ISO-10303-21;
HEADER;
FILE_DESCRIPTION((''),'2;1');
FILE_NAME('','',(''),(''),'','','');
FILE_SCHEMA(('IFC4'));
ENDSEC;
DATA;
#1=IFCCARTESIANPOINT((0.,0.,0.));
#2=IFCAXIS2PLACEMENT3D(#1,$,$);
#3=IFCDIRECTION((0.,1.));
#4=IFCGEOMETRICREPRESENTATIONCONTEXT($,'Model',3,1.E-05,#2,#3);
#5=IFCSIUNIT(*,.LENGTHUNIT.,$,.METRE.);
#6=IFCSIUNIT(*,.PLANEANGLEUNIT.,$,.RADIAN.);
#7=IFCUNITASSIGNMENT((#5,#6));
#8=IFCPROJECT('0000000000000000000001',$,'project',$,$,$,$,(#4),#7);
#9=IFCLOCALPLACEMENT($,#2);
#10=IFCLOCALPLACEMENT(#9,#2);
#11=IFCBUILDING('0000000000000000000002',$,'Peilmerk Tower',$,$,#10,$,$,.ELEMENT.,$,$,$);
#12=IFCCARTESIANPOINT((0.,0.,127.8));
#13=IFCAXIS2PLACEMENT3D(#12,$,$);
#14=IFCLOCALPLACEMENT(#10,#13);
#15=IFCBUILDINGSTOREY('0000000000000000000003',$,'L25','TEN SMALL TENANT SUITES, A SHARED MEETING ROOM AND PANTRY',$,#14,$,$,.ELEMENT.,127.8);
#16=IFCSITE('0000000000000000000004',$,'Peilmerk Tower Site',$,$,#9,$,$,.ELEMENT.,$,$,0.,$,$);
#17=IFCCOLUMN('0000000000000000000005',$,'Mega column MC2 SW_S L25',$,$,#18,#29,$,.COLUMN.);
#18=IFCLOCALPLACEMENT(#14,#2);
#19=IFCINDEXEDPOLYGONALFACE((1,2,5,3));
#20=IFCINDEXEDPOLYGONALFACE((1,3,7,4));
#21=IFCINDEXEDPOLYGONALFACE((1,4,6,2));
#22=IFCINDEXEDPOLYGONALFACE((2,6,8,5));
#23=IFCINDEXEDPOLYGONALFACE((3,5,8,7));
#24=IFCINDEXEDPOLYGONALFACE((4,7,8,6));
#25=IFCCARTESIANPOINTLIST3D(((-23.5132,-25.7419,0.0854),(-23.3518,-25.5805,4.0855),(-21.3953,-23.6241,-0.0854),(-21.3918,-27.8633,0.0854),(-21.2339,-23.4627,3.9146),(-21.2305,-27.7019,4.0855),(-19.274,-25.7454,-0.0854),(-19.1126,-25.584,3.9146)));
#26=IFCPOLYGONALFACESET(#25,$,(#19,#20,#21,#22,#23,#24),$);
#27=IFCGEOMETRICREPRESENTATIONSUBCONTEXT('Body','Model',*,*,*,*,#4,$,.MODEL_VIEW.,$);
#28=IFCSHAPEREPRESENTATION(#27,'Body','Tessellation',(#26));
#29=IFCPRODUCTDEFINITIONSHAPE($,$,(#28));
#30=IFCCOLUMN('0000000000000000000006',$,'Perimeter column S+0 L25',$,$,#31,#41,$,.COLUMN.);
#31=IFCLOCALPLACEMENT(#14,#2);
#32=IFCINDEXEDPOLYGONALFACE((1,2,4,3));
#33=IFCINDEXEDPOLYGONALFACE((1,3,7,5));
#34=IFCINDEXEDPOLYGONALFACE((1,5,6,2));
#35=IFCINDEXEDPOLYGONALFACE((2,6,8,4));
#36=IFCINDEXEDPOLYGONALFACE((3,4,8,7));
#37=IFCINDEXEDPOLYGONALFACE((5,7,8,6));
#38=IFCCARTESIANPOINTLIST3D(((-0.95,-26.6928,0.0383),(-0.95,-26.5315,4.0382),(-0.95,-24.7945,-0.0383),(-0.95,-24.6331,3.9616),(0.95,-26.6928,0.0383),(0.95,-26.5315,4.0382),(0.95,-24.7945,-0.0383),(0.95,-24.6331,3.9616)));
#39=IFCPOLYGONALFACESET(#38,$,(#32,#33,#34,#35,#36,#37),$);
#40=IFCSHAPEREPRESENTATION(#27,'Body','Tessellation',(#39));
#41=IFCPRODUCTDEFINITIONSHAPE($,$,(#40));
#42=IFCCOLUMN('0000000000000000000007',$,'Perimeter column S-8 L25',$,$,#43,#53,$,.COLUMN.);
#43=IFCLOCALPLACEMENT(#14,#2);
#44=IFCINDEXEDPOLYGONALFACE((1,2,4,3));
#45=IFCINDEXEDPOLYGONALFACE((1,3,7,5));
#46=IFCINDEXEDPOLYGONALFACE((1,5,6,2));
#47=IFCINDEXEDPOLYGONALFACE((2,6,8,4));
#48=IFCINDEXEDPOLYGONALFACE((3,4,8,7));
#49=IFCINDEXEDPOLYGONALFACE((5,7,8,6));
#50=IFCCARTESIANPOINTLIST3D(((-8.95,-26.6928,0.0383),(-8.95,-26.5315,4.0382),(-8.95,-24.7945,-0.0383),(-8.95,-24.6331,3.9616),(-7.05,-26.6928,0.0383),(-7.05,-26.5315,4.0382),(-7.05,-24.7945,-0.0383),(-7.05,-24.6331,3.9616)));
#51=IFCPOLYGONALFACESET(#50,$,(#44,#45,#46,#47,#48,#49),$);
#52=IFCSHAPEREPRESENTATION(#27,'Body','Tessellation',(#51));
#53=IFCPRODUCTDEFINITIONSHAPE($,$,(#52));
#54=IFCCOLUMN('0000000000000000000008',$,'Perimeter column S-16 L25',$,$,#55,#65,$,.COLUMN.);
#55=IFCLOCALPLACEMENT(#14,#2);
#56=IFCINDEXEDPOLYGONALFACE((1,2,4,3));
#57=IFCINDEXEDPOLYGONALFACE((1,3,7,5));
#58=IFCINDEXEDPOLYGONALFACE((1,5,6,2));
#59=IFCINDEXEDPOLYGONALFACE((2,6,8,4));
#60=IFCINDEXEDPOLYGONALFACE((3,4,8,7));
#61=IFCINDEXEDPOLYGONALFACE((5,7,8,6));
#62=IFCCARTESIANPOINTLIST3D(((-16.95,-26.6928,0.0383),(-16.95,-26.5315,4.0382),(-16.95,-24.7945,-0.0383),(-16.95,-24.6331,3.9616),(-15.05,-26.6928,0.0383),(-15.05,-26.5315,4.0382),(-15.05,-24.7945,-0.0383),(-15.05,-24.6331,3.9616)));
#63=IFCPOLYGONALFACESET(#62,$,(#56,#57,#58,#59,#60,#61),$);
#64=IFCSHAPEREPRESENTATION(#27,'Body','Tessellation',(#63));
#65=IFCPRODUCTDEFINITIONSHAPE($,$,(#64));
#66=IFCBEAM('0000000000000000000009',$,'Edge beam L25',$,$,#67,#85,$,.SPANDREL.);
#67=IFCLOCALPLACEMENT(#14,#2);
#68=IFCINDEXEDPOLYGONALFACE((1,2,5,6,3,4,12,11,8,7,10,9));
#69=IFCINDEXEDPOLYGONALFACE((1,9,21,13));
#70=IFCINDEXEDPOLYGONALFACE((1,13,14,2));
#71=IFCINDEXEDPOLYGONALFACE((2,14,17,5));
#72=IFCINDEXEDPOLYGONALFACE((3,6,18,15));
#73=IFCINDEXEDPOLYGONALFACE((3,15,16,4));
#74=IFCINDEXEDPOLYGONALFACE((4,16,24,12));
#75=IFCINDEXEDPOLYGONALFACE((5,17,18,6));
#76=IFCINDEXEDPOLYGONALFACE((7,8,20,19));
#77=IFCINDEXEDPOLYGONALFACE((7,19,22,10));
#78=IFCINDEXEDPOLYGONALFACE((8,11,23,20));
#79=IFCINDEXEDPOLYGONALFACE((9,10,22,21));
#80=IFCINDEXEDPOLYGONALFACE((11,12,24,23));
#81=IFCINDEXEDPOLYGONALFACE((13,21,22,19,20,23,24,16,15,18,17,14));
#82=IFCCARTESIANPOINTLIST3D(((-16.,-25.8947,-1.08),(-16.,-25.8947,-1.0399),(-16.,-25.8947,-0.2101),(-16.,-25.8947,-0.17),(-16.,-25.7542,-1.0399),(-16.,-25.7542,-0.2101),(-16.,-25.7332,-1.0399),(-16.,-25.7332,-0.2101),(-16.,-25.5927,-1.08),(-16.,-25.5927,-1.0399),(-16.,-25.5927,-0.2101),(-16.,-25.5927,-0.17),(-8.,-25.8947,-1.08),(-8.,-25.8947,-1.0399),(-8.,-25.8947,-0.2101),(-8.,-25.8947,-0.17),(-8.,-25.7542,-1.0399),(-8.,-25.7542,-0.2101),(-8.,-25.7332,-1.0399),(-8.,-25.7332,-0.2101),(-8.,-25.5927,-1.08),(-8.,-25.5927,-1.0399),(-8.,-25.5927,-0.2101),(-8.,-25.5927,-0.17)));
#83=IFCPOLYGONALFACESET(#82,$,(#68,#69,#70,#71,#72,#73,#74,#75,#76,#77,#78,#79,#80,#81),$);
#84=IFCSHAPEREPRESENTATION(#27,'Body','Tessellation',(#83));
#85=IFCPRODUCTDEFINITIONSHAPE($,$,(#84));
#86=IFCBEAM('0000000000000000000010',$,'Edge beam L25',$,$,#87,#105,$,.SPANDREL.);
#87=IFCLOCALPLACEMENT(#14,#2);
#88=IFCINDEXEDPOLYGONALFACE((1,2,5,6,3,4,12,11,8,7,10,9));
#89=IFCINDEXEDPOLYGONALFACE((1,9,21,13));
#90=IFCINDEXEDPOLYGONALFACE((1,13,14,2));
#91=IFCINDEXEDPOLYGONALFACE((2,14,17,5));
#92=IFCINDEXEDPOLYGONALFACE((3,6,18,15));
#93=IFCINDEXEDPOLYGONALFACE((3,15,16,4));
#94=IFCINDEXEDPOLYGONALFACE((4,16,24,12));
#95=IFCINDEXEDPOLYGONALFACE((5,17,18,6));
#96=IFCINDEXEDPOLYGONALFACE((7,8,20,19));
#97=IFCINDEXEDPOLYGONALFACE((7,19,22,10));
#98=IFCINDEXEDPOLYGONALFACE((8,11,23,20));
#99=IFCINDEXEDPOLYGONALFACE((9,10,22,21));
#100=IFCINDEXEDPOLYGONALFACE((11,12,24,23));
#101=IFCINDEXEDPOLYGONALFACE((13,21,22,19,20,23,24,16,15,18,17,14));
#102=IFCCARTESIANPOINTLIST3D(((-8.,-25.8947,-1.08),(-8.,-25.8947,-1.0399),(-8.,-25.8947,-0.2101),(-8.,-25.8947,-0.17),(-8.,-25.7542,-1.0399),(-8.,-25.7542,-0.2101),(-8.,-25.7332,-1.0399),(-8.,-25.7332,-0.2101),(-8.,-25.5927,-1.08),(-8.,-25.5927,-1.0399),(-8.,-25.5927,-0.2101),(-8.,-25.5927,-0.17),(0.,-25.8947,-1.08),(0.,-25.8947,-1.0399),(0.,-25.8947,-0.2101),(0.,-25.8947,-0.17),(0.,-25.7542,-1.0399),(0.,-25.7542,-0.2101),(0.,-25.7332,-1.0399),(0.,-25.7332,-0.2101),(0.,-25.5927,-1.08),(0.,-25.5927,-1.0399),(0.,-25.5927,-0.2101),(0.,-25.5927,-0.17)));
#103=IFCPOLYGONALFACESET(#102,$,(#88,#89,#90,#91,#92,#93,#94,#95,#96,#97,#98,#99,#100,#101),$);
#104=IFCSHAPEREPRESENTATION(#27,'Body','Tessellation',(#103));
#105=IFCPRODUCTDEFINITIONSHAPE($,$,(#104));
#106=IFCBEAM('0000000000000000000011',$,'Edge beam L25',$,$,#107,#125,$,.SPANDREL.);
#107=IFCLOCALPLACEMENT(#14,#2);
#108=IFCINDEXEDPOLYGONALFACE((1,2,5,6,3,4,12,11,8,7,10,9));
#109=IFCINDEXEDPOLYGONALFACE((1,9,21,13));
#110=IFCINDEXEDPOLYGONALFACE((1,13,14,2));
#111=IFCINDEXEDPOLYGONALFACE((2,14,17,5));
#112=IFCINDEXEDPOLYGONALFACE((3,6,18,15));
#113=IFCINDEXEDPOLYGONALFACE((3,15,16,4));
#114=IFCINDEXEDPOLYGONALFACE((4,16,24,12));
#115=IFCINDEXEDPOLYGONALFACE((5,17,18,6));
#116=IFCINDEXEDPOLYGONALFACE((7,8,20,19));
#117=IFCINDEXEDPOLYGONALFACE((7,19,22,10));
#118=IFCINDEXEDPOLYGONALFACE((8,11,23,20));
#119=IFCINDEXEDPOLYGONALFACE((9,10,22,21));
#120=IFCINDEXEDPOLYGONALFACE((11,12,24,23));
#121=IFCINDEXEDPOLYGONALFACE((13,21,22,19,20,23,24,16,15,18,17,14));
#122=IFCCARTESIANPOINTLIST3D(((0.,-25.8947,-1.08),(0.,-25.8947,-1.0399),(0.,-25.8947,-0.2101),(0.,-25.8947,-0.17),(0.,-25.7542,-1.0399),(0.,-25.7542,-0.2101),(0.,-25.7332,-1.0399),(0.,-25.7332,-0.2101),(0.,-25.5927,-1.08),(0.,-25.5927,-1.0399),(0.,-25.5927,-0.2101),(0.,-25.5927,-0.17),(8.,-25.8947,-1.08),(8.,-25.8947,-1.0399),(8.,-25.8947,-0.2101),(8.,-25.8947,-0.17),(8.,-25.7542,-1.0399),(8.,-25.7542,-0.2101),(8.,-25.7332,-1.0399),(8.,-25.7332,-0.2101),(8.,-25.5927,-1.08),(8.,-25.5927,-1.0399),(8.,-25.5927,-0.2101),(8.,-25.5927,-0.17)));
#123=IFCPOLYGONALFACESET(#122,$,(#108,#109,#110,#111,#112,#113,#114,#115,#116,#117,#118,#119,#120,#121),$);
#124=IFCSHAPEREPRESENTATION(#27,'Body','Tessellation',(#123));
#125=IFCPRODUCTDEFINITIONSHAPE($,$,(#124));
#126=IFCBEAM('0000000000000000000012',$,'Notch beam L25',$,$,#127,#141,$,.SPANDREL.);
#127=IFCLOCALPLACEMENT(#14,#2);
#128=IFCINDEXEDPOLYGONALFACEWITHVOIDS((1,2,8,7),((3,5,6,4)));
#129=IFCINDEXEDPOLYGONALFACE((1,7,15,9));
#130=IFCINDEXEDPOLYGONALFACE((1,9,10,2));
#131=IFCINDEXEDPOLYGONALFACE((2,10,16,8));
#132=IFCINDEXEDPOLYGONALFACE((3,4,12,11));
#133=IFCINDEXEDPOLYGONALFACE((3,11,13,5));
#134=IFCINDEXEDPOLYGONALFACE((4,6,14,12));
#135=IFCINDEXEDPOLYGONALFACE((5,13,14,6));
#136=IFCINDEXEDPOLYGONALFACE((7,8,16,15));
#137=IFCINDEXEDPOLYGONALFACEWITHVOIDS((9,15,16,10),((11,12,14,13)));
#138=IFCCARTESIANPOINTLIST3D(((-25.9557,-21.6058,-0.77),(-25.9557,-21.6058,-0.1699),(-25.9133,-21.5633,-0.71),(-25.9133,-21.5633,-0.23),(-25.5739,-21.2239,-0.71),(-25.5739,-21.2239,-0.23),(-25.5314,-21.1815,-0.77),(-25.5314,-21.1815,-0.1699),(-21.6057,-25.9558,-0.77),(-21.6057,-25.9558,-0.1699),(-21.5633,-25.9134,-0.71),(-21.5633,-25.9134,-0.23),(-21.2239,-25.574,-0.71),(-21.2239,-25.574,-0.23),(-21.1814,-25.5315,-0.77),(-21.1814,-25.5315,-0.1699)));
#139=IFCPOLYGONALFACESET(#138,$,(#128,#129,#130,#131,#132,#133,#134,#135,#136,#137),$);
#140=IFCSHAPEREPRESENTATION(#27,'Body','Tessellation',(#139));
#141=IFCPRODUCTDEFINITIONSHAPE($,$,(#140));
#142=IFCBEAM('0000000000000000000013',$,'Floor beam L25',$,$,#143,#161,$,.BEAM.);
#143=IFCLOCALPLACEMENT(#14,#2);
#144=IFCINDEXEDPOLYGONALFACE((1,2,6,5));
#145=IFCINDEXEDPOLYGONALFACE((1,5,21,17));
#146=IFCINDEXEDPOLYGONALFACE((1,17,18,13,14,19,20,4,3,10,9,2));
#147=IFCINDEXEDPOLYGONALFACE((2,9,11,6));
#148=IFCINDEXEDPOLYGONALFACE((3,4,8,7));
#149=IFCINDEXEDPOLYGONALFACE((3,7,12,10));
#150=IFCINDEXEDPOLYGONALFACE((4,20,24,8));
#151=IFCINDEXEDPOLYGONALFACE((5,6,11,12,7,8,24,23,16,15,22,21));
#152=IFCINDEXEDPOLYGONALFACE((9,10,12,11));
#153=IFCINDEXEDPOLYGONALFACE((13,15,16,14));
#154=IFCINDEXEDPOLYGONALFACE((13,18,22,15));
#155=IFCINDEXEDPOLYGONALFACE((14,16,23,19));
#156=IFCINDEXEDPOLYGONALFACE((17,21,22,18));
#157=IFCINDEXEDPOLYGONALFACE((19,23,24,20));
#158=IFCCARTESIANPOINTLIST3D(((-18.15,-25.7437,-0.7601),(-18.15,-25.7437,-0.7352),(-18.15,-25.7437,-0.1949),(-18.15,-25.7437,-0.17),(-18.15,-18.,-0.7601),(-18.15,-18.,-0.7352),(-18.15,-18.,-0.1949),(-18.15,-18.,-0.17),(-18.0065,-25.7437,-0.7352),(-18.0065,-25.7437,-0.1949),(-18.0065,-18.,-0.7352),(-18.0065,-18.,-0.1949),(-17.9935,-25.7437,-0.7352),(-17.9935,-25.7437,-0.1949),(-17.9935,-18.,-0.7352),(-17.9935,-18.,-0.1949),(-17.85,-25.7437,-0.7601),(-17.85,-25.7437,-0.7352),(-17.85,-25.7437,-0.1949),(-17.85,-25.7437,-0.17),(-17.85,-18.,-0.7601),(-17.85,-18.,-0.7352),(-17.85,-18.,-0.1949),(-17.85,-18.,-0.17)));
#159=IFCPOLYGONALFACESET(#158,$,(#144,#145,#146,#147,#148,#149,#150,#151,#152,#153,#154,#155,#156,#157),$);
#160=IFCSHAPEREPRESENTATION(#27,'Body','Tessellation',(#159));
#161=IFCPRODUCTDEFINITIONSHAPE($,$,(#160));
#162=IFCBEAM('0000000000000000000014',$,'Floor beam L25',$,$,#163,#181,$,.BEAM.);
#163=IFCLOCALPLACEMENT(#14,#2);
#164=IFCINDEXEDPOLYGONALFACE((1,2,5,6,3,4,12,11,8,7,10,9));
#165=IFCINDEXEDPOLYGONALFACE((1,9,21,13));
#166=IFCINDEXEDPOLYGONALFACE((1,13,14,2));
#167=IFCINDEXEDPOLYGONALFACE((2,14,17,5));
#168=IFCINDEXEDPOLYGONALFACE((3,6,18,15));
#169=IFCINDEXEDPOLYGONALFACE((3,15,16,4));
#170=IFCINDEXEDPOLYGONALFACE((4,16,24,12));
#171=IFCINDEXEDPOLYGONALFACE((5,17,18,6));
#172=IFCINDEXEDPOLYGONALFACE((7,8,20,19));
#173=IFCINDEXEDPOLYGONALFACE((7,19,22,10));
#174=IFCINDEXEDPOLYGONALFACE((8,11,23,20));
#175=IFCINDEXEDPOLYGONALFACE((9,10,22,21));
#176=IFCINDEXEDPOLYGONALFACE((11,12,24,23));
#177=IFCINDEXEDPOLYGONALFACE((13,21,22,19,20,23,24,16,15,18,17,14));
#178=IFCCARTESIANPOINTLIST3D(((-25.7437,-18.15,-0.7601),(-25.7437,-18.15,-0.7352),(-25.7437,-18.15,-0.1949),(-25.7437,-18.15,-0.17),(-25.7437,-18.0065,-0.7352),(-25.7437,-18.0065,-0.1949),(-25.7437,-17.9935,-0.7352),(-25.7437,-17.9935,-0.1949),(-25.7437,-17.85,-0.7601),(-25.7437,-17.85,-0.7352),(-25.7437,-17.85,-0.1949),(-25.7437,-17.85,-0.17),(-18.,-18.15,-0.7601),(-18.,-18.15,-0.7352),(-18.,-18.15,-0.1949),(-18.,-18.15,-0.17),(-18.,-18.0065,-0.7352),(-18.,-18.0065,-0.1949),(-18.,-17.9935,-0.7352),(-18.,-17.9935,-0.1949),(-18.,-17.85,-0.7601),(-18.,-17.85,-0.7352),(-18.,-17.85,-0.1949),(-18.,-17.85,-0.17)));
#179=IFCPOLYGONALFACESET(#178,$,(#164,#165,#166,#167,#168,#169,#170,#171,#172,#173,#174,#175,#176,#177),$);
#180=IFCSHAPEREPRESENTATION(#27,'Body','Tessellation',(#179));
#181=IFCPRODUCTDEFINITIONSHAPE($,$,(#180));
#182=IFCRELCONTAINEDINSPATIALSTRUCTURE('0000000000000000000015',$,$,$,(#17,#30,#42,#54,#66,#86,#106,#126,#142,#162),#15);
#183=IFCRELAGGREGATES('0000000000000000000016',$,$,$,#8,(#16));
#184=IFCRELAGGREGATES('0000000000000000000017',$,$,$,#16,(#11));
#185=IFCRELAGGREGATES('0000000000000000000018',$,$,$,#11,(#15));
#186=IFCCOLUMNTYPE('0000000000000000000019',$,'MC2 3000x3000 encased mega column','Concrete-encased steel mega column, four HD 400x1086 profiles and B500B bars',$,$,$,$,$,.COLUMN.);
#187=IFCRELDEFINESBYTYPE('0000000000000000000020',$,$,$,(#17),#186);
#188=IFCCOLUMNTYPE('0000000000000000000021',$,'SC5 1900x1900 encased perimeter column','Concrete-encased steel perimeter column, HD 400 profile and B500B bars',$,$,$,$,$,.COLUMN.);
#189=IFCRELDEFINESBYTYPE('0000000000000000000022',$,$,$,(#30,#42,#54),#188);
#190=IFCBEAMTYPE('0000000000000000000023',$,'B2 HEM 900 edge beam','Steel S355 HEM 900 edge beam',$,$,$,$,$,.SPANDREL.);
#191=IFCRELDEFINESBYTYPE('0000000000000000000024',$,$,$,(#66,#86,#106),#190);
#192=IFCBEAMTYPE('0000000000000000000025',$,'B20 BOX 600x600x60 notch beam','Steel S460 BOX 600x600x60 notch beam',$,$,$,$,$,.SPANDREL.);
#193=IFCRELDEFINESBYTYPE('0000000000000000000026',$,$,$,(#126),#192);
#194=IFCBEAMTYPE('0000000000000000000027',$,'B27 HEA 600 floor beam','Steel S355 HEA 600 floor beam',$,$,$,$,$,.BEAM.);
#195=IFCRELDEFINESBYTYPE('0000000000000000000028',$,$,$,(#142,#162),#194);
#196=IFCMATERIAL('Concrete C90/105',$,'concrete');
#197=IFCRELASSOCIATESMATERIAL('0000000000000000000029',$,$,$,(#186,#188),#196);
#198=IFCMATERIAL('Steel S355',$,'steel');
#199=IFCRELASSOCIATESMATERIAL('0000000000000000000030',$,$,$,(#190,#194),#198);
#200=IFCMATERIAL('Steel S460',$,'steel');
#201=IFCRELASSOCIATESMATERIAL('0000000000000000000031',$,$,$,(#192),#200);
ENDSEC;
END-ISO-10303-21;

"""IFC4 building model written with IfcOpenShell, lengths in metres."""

from ifc_helpers import new_model, si_unit, direction, frame, origin, origin_2d, place, context, subcontext, project, spatial, rectangle, hollow_rectangle, i_section, extrude, material, material_profile, profile_set, type_object, element, save


model = new_model("IFC4")

# Units and contexts
model_context = context("Model", 3, precision=1e-05, world=origin(), true_north=direction((0.0, 1.0)))
body_context = subcontext(model_context, "Body", "Model", "MODEL_VIEW")
ifc_project = project(units=[si_unit("LENGTHUNIT", "METRE"), si_unit("PLANEANGLEUNIT", "RADIAN")], contexts=[model_context])

# Site, building, storey
site_placement = place(None, origin())
site = spatial("IfcSite", under=ifc_project, at=site_placement, Name="Peilmerk Tower Site", CompositionType="ELEMENT", RefElevation=0.0)
building_placement = place(site_placement, origin())
building = spatial("IfcBuilding", under=site, at=building_placement, Name="Peilmerk Tower", CompositionType="ELEMENT")
storey_placement = place(building_placement, frame((0.0, 0.0, 127.8)))
storey = spatial("IfcBuildingStorey", under=building, at=storey_placement, Name="L25", Description="TEN SMALL TENANT SUITES, A SHARED MEETING ROOM AND PANTRY", CompositionType="ELEMENT", Elevation=127.8)

# Columns
ifc_material_1 = material(Name="Concrete C90/105", Category="concrete")
ifc_material_profile_1 = material_profile(ifc_material_1, rectangle(XDim=3.0, YDim=3.0, at=origin_2d()), Name="RC 3000x3000")
ifc_profile_set_1 = profile_set([ifc_material_profile_1], Name="Concrete C90/105")
column_type_1 = type_object("IfcColumnType", Name="MC2 3000x3000 encased mega column", Description="Concrete-encased steel mega column, four HD 400x1086 profiles and B500B bars", PredefinedType="COLUMN", material=ifc_profile_set_1)
column_placement = place(storey_placement, frame((-21.3936, -25.7437, 0.0), z_axis=(0.040279, 0.040279, 0.998376), x_axis=(-0.707107, 0.707107, 0.0)))
element("IfcColumn", 1, at=column_placement, inside=storey, type_object=column_type_1, Name="Mega column MC2 SW_S L25", PredefinedType="COLUMN", context=body_context, shape_type="SweptSolid", body=[
    extrude(rectangle(XDim=3.0, YDim=3.0, at=origin_2d()), origin(), (0.0, 0.0, 1.0), 4.0066),
])
ifc_material_profile_2 = material_profile(ifc_material_1, rectangle(XDim=1.8999, YDim=1.8999, at=origin_2d()), Name="RC 1900x1900")
ifc_profile_set_2 = profile_set([ifc_material_profile_2], Name="Concrete C90/105")
column_type_2 = type_object("IfcColumnType", Name="SC5 1900x1900 encased perimeter column", Description="Concrete-encased steel perimeter column, HD 400 profile and B500B bars", PredefinedType="COLUMN", material=ifc_profile_set_2)
for number, where, z_axis, x_axis, name in (
    (2, (0.0, -25.7437, 0.0), (0.0, 0.040311, 0.999187), (-1.0, 0.0, 0.0), "Perimeter column S+0 L25"),
    (3, (-8.0, -25.7437, 0.0), (0.0, 0.040311, 0.999187), (-1.0, 0.0, 0.0), "Perimeter column S-8 L25"),
    (4, (-16.0, -25.7437, 0.0), (0.0, 0.040311, 0.999187), (-1.0, 0.0, 0.0), "Perimeter column S-16 L25"),
):
    element("IfcColumn", number, at=place(storey_placement, frame(where, z_axis=z_axis, x_axis=x_axis)), inside=storey, type_object=column_type_2, Name=name, PredefinedType="COLUMN", context=body_context, shape_type="SweptSolid", body=[
        extrude(rectangle(XDim=1.8999, YDim=1.8999, at=origin_2d()), origin(), (0.0, 0.0, 1.0), 4.0032),
    ])

# Beams
ifc_material_2 = material(Name="Steel S355", Category="steel")
ifc_material_profile_3 = material_profile(ifc_material_2, i_section(OverallWidth=0.302, OverallDepth=0.9099, WebThickness=0.021, FlangeThickness=0.04, at=origin_2d()), Name="HEM 900")
ifc_profile_set_3 = profile_set([ifc_material_profile_3], Name="Steel S355")
beam_type_1 = type_object("IfcBeamType", Name="B2 HEM 900 edge beam", Description="Steel S355 HEM 900 edge beam", PredefinedType="SPANDREL", material=ifc_profile_set_3)
for number, where, z_axis, x_axis, name in (
    (5, (-16.0, -25.7437, -0.625), (1.0, 0.0, 0.0), (0.0, 1.0, 0.0), "Edge beam L25"),
    (6, (-8.0, -25.7437, -0.625), (1.0, 0.0, 0.0), (0.0, 1.0, 0.0), "Edge beam L25"),
    (7, (0.0, -25.7437, -0.625), (1.0, 0.0, 0.0), (0.0, 1.0, 0.0), "Edge beam L25"),
):
    element("IfcBeam", number, at=place(storey_placement, frame(where, z_axis=z_axis, x_axis=x_axis)), inside=storey, type_object=beam_type_1, Name=name, PredefinedType="SPANDREL", context=body_context, shape_type="SweptSolid", body=[
        extrude(i_section(OverallWidth=0.302, OverallDepth=0.9099, WebThickness=0.021, FlangeThickness=0.04, at=origin_2d()), origin(), (0.0, 0.0, 1.0), 8.0),
    ])
ifc_material_3 = material(Name="Steel S460", Category="steel")
ifc_material_profile_4 = material_profile(ifc_material_3, hollow_rectangle(XDim=0.6001, YDim=0.6001, WallThickness=0.0601, at=origin_2d()), Name="BOX 600x600x60")
ifc_profile_set_4 = profile_set([ifc_material_profile_4], Name="Steel S460")
beam_type_2 = type_object("IfcBeamType", Name="B20 BOX 600x600x60 notch beam", Description="Steel S460 BOX 600x600x60 notch beam", PredefinedType="SPANDREL", material=ifc_profile_set_4)
beam_1_placement = place(storey_placement, frame((-21.3936, -25.7437, -0.47), z_axis=(-0.707107, 0.707107, 0.0), x_axis=(-0.707107, -0.707107, 0.0)))
element("IfcBeam", 8, at=beam_1_placement, inside=storey, type_object=beam_type_2, Name="Notch beam L25", PredefinedType="SPANDREL", context=body_context, shape_type="SweptSolid", body=[
    extrude(hollow_rectangle(XDim=0.6001, YDim=0.6001, WallThickness=0.0601, at=origin_2d()), origin(), (0.0, 0.0, 1.0), 6.1519),
])
ifc_material_profile_5 = material_profile(ifc_material_2, i_section(OverallWidth=0.3, OverallDepth=0.5901, WebThickness=0.0129, FlangeThickness=0.0249, at=origin_2d()), Name="HEA 600")
ifc_profile_set_5 = profile_set([ifc_material_profile_5], Name="Steel S355")
beam_type_3 = type_object("IfcBeamType", Name="B27 HEA 600 floor beam", Description="Steel S355 HEA 600 floor beam", PredefinedType="BEAM", material=ifc_profile_set_5)
for number, where, z_axis, x_axis, name in (
    (9, (-18.0, -18.0, -0.4651), (0.0, -1.0, 0.0), (1.0, 0.0, 0.0), "Floor beam L25"),
    (10, (-18.0, -18.0, -0.4651), (-1.0, 0.0, 0.0), (0.0, -1.0, 0.0), "Floor beam L25"),
):
    element("IfcBeam", number, at=place(storey_placement, frame(where, z_axis=z_axis, x_axis=x_axis)), inside=storey, type_object=beam_type_3, Name=name, PredefinedType="BEAM", context=body_context, shape_type="SweptSolid", body=[
        extrude(i_section(OverallWidth=0.3, OverallDepth=0.5901, WebThickness=0.0129, FlangeThickness=0.0249, at=origin_2d()), origin(), (0.0, 0.0, 1.0), 7.7437),
    ])

save(model, "model.ifc")
